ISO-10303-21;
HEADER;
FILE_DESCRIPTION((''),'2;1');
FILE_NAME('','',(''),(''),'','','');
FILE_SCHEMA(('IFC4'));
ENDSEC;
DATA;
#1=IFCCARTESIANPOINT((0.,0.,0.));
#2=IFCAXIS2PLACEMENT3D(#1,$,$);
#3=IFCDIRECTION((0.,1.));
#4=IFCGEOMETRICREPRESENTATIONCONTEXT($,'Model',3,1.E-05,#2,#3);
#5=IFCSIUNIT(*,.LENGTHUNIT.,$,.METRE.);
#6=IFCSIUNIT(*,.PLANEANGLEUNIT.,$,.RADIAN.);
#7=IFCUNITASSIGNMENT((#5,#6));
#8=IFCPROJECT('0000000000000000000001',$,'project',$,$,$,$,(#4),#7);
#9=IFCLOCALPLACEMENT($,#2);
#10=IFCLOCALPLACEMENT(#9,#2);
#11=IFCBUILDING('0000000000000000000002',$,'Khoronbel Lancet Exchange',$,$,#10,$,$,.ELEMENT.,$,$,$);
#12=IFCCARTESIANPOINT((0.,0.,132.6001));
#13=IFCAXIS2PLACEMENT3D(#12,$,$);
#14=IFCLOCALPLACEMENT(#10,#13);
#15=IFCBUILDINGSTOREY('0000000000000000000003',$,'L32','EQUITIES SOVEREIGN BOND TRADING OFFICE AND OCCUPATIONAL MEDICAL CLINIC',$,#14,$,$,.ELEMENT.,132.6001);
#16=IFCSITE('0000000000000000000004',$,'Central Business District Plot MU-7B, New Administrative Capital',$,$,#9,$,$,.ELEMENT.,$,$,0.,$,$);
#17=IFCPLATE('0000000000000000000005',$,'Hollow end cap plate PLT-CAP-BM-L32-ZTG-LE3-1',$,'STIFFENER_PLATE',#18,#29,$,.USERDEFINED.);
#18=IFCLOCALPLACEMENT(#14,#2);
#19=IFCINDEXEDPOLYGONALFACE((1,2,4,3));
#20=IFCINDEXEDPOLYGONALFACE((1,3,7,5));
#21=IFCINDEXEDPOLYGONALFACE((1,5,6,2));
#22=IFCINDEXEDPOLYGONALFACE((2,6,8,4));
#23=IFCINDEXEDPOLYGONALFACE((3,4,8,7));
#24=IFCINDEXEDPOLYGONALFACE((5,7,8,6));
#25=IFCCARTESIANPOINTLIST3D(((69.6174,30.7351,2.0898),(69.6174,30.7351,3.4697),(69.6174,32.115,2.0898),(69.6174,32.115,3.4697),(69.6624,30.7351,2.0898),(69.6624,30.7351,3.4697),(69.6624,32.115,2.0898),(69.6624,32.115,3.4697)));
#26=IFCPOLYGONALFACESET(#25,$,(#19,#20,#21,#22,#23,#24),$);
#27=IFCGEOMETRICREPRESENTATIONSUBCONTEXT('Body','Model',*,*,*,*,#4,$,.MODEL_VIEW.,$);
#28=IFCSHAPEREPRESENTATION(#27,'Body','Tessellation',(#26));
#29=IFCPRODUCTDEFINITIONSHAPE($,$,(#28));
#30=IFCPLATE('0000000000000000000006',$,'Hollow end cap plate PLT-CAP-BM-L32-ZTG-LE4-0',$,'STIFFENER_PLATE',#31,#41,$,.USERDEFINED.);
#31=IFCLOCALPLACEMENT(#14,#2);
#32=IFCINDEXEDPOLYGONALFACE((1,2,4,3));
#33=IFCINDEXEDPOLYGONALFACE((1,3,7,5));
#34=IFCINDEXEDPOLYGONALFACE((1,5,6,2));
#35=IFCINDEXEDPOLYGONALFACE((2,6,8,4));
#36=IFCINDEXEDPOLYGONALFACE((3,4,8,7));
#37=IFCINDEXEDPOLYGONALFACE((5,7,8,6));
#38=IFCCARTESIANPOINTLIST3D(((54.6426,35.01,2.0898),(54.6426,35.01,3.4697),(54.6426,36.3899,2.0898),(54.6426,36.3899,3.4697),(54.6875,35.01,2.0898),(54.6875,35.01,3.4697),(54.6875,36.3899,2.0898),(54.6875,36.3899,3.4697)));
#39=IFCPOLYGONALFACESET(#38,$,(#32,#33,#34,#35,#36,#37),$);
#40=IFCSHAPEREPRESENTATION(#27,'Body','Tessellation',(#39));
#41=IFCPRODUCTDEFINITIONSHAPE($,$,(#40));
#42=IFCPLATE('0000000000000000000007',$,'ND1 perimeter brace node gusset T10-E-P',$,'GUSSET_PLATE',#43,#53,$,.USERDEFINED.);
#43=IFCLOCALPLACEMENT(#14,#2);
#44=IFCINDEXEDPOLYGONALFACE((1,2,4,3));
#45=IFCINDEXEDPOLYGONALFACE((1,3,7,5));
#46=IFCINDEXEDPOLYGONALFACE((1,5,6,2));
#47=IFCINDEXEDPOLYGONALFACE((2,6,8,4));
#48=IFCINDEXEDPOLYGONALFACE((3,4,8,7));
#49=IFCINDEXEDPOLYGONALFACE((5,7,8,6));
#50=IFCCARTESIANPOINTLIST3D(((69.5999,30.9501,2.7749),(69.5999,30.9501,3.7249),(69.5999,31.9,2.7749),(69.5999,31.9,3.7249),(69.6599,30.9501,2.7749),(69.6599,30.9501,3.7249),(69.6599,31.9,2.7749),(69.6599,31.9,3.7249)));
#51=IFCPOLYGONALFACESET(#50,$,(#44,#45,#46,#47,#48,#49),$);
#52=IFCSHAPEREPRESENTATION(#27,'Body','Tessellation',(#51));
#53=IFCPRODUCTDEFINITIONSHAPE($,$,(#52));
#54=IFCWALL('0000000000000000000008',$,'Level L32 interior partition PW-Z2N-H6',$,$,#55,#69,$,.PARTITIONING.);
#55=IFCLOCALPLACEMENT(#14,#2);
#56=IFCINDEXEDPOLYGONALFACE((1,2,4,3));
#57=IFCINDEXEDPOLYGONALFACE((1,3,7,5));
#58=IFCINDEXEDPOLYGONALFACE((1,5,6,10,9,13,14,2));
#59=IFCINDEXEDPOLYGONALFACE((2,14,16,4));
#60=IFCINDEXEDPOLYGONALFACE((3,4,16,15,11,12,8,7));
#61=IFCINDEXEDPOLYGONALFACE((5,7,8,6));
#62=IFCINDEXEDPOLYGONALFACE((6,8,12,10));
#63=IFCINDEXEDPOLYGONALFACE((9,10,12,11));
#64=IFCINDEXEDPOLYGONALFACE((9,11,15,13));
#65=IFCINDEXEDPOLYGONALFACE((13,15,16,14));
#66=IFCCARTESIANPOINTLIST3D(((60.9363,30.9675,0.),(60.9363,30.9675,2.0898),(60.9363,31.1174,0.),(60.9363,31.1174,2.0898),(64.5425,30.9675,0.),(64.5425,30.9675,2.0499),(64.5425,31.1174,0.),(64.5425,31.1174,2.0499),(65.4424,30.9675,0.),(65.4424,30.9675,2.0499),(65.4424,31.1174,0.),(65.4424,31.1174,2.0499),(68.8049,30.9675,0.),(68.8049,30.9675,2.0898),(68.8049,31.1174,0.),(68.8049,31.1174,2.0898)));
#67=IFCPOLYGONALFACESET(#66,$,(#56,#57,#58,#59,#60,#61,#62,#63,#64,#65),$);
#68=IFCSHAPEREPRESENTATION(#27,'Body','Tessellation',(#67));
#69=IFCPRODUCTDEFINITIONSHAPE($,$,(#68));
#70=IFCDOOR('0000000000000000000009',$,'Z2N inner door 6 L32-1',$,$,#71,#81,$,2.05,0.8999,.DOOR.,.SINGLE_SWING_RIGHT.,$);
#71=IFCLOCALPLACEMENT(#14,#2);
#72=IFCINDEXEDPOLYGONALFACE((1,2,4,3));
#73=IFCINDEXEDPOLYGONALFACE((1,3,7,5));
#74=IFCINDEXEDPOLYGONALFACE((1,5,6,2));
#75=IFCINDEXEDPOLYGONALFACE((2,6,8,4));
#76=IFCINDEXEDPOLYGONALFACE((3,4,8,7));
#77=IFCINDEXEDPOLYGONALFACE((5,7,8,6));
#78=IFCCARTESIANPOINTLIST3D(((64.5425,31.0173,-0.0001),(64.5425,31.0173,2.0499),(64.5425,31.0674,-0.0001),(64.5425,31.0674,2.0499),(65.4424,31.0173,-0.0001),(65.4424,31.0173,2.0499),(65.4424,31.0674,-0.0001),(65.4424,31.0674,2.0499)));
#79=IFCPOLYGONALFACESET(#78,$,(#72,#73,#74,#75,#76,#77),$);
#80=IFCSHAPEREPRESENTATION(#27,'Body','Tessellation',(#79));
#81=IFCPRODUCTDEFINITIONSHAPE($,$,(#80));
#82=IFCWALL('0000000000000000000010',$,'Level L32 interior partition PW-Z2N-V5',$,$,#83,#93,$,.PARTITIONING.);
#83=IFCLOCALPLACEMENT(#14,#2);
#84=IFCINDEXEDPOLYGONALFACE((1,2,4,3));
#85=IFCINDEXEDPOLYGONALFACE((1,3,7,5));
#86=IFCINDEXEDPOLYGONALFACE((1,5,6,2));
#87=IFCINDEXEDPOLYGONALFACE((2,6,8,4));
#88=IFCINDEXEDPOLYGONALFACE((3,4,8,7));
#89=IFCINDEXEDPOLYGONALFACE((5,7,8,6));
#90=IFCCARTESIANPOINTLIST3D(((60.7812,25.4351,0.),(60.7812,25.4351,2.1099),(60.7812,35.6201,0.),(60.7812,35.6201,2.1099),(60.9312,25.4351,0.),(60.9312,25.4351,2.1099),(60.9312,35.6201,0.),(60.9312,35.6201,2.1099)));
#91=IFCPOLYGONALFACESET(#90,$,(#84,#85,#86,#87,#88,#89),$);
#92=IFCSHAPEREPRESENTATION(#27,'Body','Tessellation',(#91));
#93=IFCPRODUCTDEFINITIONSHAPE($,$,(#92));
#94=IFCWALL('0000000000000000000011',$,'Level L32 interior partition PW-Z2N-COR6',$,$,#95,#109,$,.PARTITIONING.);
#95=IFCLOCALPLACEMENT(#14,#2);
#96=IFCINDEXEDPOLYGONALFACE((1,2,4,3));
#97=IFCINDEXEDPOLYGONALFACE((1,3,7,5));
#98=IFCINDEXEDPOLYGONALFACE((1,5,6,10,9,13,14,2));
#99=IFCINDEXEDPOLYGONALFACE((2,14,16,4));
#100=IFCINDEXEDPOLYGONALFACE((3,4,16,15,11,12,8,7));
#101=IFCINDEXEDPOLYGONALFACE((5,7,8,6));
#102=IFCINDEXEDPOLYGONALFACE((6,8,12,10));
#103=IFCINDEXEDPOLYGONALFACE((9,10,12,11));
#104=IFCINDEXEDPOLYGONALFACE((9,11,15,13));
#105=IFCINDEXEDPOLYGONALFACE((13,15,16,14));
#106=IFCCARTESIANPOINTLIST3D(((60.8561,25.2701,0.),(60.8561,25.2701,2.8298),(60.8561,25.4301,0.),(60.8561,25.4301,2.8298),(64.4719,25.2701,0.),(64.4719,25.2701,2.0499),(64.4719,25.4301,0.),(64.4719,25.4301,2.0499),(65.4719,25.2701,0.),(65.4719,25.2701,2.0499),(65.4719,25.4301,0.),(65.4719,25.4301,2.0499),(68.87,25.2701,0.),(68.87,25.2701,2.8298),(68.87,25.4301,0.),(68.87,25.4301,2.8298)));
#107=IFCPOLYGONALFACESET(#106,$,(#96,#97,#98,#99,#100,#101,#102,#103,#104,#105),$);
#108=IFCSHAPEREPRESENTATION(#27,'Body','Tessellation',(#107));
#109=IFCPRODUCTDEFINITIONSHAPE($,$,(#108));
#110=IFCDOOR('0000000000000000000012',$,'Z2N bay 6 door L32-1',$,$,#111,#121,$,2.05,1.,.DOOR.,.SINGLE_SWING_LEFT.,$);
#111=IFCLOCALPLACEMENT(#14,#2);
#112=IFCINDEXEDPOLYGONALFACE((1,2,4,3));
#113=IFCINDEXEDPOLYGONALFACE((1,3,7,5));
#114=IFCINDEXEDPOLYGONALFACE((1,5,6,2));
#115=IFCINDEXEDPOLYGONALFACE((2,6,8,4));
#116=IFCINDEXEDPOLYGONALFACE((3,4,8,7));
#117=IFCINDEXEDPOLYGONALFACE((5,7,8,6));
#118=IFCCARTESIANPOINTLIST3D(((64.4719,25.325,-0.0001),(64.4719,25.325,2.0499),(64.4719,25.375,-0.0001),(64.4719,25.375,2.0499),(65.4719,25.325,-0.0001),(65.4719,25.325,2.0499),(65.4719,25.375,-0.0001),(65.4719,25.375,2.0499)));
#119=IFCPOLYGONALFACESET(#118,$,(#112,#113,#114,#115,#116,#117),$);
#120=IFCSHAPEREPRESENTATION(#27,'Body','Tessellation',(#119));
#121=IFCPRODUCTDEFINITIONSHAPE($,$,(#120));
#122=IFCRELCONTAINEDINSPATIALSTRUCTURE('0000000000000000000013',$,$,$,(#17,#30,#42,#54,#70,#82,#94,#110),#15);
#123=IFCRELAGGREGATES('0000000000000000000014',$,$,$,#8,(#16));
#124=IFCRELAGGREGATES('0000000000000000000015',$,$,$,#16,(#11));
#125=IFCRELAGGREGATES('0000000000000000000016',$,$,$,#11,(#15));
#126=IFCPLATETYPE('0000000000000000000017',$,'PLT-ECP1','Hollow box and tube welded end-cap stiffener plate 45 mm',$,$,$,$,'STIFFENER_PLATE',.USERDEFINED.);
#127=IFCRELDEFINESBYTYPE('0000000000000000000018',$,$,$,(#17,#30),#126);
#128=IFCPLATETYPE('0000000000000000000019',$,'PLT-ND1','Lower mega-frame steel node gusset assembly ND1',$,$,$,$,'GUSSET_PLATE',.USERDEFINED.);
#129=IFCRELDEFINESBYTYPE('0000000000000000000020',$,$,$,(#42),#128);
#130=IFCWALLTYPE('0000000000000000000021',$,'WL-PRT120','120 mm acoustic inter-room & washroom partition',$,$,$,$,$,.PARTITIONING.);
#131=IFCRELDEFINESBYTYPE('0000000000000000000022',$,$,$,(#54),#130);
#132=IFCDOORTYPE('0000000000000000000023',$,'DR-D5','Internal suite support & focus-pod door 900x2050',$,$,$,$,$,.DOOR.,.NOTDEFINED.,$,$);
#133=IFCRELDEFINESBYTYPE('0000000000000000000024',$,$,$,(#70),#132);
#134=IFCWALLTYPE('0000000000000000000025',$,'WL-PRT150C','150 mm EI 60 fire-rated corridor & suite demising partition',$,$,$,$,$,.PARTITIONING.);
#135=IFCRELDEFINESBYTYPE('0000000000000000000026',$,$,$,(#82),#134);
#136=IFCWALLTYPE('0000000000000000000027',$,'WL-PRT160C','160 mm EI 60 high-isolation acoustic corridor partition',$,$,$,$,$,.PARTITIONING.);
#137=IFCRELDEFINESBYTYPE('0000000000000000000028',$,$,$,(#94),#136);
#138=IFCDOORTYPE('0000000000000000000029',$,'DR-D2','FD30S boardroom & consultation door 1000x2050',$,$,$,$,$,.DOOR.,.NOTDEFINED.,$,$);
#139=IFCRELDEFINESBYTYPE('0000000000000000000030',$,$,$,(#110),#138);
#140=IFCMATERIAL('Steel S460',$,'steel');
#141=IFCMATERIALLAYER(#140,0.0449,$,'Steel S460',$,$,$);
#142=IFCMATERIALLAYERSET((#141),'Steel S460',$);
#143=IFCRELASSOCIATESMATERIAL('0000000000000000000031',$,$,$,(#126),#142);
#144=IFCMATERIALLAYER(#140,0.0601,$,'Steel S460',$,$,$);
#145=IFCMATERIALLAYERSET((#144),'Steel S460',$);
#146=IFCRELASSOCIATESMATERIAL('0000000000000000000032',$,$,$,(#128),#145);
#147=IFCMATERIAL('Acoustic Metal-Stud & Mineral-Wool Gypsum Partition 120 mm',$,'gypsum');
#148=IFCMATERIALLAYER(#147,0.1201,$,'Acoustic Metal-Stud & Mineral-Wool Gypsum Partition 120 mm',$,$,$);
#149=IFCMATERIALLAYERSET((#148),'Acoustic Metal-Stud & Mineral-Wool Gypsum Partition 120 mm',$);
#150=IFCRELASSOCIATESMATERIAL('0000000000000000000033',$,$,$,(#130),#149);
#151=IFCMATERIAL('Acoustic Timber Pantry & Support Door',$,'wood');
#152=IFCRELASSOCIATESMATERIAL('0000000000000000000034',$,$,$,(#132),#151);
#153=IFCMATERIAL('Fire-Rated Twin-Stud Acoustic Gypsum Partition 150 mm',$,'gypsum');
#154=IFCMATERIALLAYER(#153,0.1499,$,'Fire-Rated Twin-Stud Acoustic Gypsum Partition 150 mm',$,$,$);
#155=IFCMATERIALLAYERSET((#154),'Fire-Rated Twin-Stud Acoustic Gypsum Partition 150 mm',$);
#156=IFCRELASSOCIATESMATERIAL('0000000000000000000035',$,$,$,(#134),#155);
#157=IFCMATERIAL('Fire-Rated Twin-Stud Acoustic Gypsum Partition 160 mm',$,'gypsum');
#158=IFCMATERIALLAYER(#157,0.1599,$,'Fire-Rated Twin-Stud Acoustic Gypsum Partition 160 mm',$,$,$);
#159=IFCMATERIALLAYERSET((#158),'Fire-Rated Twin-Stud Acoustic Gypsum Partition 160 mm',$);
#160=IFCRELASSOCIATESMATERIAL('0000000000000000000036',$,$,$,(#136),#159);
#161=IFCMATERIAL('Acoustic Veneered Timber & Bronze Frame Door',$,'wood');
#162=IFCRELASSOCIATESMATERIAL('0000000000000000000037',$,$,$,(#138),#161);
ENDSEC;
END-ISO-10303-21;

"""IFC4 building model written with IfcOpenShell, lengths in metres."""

from ifc_helpers import new_model, si_unit, direction, frame, frame_2d, origin, origin_2d, place, context, subcontext, project, spatial, rectangle, extrude, material, layer, layer_set, type_object, element, fill, save


model = new_model("IFC4")

# Units and contexts
model_context = context("Model", 3, precision=1e-05, world=origin(), true_north=direction((0.0, 1.0)))
body_context = subcontext(model_context, "Body", "Model", "MODEL_VIEW")
ifc_project = project(units=[si_unit("LENGTHUNIT", "METRE"), si_unit("PLANEANGLEUNIT", "RADIAN")], contexts=[model_context])

# Site, building, storey
site_placement = place(None, origin())
site = spatial("IfcSite", under=ifc_project, at=site_placement, Name="Central Business District Plot MU-7B, New Administrative Capital", CompositionType="ELEMENT", RefElevation=0.0)
building_placement = place(site_placement, origin())
building = spatial("IfcBuilding", under=site, at=building_placement, Name="Khoronbel Lancet Exchange", CompositionType="ELEMENT")
storey_placement = place(building_placement, frame((0.0, 0.0, 132.6001)))
storey = spatial("IfcBuildingStorey", under=building, at=storey_placement, Name="L32", Description="EQUITIES SOVEREIGN BOND TRADING OFFICE AND OCCUPATIONAL MEDICAL CLINIC", CompositionType="ELEMENT", Elevation=132.6001)

# Shared definitions
ifc_material_1 = material(Name="Steel S460", Category="steel")

# Plates
ifc_layer_1 = layer(ifc_material_1, 0.0449, Name="Steel S460")
ifc_layer_set_1 = layer_set([ifc_layer_1], Name="Steel S460")
plate_type_1 = type_object("IfcPlateType", Name="PLT-ECP1", Description="Hollow box and tube welded end-cap stiffener plate 45 mm", ElementType="STIFFENER_PLATE", PredefinedType="USERDEFINED", material=ifc_layer_set_1)
for number, where, z_axis, x_axis, name in (
    (1, (69.6399, 31.425, 2.0898), (0.0, 0.0, 1.0), (1.0, 0.0, 0.0), "Hollow end cap plate PLT-CAP-BM-L32-ZTG-LE3-1"),
    (2, (54.665, 35.7, 2.0898), (0.0, 0.0, 1.0), (-1.0, 0.0, 0.0), "Hollow end cap plate PLT-CAP-BM-L32-ZTG-LE4-0"),
):
    element("IfcPlate", number, at=place(storey_placement, frame(where, z_axis=z_axis, x_axis=x_axis)), inside=storey, type_object=plate_type_1, Name=name, ObjectType="STIFFENER_PLATE", PredefinedType="USERDEFINED", context=body_context, shape_type="SweptSolid", body=[
        extrude(rectangle(XDim=0.0449, YDim=1.3799, at=origin_2d()), origin(), (0.0, 0.0, 1.0), 1.3799),
    ])
ifc_layer_2 = layer(ifc_material_1, 0.0601, Name="Steel S460")
ifc_layer_set_2 = layer_set([ifc_layer_2], Name="Steel S460")
plate_type_2 = type_object("IfcPlateType", Name="PLT-ND1", Description="Lower mega-frame steel node gusset assembly ND1", ElementType="GUSSET_PLATE", PredefinedType="USERDEFINED", material=ifc_layer_set_2)
plate_1_placement = place(storey_placement, frame((69.6299, 31.425, 2.7749), z_axis=(0.0, 0.0, 1.0), x_axis=(0.0, 1.0, 0.0)))
element("IfcPlate", 3, at=plate_1_placement, inside=storey, type_object=plate_type_2, Name="ND1 perimeter brace node gusset T10-E-P", ObjectType="GUSSET_PLATE", PredefinedType="USERDEFINED", context=body_context, shape_type="SweptSolid", body=[
    extrude(rectangle(XDim=0.95, YDim=0.0601, at=origin_2d()), origin(), (0.0, 0.0, 1.0), 0.95),
])

# Wall, opening, door
ifc_material_2 = material(Name="Acoustic Metal-Stud & Mineral-Wool Gypsum Partition 120 mm", Category="gypsum")
ifc_layer_3 = layer(ifc_material_2, 0.1201, Name="Acoustic Metal-Stud & Mineral-Wool Gypsum Partition 120 mm")
ifc_layer_set_3 = layer_set([ifc_layer_3], Name="Acoustic Metal-Stud & Mineral-Wool Gypsum Partition 120 mm")
wall_type_1 = type_object("IfcWallType", Name="WL-PRT120", Description="120 mm acoustic inter-room & washroom partition", PredefinedType="PARTITIONING", material=ifc_layer_set_3)
wall_1_placement = place(storey_placement, frame((60.9363, 31.0425, 0.0), z_axis=(0.0, 0.0, 1.0), x_axis=(1.0, 0.0, 0.0)))
wall_1 = element("IfcWall", 4, at=wall_1_placement, inside=storey, type_object=wall_type_1, Name="Level L32 interior partition PW-Z2N-H6", PredefinedType="PARTITIONING", context=body_context, shape_type="SweptSolid", body=[
    extrude(rectangle(XDim=7.8687, YDim=0.1499, at=frame_2d((3.9343, 0.0))), origin(), (0.0, 0.0, 1.0), 2.0898),
])
opening_1_placement = place(wall_1_placement, frame((3.6062, 0.0, 0.0)))
opening_1 = element("IfcOpeningElement", 5, at=opening_1_placement, cuts=wall_1, PredefinedType="OPENING", context=body_context, shape_type="SweptSolid", body=[
    extrude(rectangle(XDim=0.8999, YDim=2.05, at=frame_2d((0.45, 1.0249))), frame((0.0, 0.085, 0.0), z_axis=(0.0, -1.0, 0.0), x_axis=(1.0, 0.0, 0.0)), (0.0, 0.0, 1.0), 0.1699),
])
ifc_material_3 = material(Name="Acoustic Timber Pantry & Support Door", Category="wood")
door_type_1 = type_object("IfcDoorType", Name="DR-D5", Description="Internal suite support & focus-pod door 900x2050", OperationType="NOTDEFINED", PredefinedType="DOOR", material=ifc_material_3)
door_1_placement = place(opening_1_placement, origin())
door_1 = element("IfcDoor", 6, at=door_1_placement, inside=storey, type_object=door_type_1, Name="Z2N inner door 6 L32-1", OperationType="SINGLE_SWING_RIGHT", OverallHeight=2.05, OverallWidth=0.8999, PredefinedType="DOOR", context=body_context, shape_type="SweptSolid", body=[
    extrude(rectangle(XDim=0.8999, YDim=2.05, at=frame_2d((0.45, 1.0249))), frame((0.0, 0.0249, 0.0), z_axis=(0.0, -1.0, 0.0), x_axis=(1.0, 0.0, 0.0)), (0.0, 0.0, 1.0), 0.05),
])
fill(opening_1, door_1)

# Wall
ifc_material_4 = material(Name="Fire-Rated Twin-Stud Acoustic Gypsum Partition 150 mm", Category="gypsum")
ifc_layer_4 = layer(ifc_material_4, 0.1499, Name="Fire-Rated Twin-Stud Acoustic Gypsum Partition 150 mm")
ifc_layer_set_4 = layer_set([ifc_layer_4], Name="Fire-Rated Twin-Stud Acoustic Gypsum Partition 150 mm")
wall_type_2 = type_object("IfcWallType", Name="WL-PRT150C", Description="150 mm EI 60 fire-rated corridor & suite demising partition", PredefinedType="PARTITIONING", material=ifc_layer_set_4)
wall_2_placement = place(storey_placement, frame((60.8562, 25.4351, 0.0), z_axis=(0.0, 0.0, 1.0), x_axis=(0.0, 1.0, 0.0)))
element("IfcWall", 7, at=wall_2_placement, inside=storey, type_object=wall_type_2, Name="Level L32 interior partition PW-Z2N-V5", PredefinedType="PARTITIONING", context=body_context, shape_type="SweptSolid", body=[
    extrude(rectangle(XDim=10.1851, YDim=0.1499, at=frame_2d((5.0925, 0.0))), origin(), (0.0, 0.0, 1.0), 2.1099),
])

# Wall, opening, door
ifc_material_5 = material(Name="Fire-Rated Twin-Stud Acoustic Gypsum Partition 160 mm", Category="gypsum")
ifc_layer_5 = layer(ifc_material_5, 0.1599, Name="Fire-Rated Twin-Stud Acoustic Gypsum Partition 160 mm")
ifc_layer_set_5 = layer_set([ifc_layer_5], Name="Fire-Rated Twin-Stud Acoustic Gypsum Partition 160 mm")
wall_type_3 = type_object("IfcWallType", Name="WL-PRT160C", Description="160 mm EI 60 high-isolation acoustic corridor partition", PredefinedType="PARTITIONING", material=ifc_layer_set_5)
wall_3_placement = place(storey_placement, frame((60.8562, 25.3501, 0.0), z_axis=(0.0, 0.0, 1.0), x_axis=(1.0, 0.0, 0.0)))
wall_3 = element("IfcWall", 8, at=wall_3_placement, inside=storey, type_object=wall_type_3, Name="Level L32 interior partition PW-Z2N-COR6", PredefinedType="PARTITIONING", context=body_context, shape_type="SweptSolid", body=[
    extrude(rectangle(XDim=8.0139, YDim=0.1599, at=frame_2d((4.0068, 0.0))), origin(), (0.0, 0.0, 1.0), 2.8298),
])
opening_2_placement = place(wall_3_placement, frame((3.6157, 0.0, 0.0)))
opening_2 = element("IfcOpeningElement", 9, at=opening_2_placement, cuts=wall_3, PredefinedType="OPENING", context=body_context, shape_type="SweptSolid", body=[
    extrude(rectangle(XDim=1.0, YDim=2.05, at=frame_2d((0.5, 1.0249))), frame((0.0, 0.0898, 0.0), z_axis=(0.0, -1.0, 0.0), x_axis=(1.0, 0.0, 0.0)), (0.0, 0.0, 1.0), 0.1799),
])
ifc_material_6 = material(Name="Acoustic Veneered Timber & Bronze Frame Door", Category="wood")
door_type_2 = type_object("IfcDoorType", Name="DR-D2", Description="FD30S boardroom & consultation door 1000x2050", OperationType="NOTDEFINED", PredefinedType="DOOR", material=ifc_material_6)
door_2_placement = place(opening_2_placement, origin())
door_2 = element("IfcDoor", 10, at=door_2_placement, inside=storey, type_object=door_type_2, Name="Z2N bay 6 door L32-1", OperationType="SINGLE_SWING_LEFT", OverallHeight=2.05, OverallWidth=1.0, PredefinedType="DOOR", context=body_context, shape_type="SweptSolid", body=[
    extrude(rectangle(XDim=1.0, YDim=2.05, at=frame_2d((0.5, 1.0249))), frame((0.0, 0.0249, 0.0), z_axis=(0.0, -1.0, 0.0), x_axis=(1.0, 0.0, 0.0)), (0.0, 0.0, 1.0), 0.05),
])
fill(opening_2, door_2)

save(model, "model.ifc")
